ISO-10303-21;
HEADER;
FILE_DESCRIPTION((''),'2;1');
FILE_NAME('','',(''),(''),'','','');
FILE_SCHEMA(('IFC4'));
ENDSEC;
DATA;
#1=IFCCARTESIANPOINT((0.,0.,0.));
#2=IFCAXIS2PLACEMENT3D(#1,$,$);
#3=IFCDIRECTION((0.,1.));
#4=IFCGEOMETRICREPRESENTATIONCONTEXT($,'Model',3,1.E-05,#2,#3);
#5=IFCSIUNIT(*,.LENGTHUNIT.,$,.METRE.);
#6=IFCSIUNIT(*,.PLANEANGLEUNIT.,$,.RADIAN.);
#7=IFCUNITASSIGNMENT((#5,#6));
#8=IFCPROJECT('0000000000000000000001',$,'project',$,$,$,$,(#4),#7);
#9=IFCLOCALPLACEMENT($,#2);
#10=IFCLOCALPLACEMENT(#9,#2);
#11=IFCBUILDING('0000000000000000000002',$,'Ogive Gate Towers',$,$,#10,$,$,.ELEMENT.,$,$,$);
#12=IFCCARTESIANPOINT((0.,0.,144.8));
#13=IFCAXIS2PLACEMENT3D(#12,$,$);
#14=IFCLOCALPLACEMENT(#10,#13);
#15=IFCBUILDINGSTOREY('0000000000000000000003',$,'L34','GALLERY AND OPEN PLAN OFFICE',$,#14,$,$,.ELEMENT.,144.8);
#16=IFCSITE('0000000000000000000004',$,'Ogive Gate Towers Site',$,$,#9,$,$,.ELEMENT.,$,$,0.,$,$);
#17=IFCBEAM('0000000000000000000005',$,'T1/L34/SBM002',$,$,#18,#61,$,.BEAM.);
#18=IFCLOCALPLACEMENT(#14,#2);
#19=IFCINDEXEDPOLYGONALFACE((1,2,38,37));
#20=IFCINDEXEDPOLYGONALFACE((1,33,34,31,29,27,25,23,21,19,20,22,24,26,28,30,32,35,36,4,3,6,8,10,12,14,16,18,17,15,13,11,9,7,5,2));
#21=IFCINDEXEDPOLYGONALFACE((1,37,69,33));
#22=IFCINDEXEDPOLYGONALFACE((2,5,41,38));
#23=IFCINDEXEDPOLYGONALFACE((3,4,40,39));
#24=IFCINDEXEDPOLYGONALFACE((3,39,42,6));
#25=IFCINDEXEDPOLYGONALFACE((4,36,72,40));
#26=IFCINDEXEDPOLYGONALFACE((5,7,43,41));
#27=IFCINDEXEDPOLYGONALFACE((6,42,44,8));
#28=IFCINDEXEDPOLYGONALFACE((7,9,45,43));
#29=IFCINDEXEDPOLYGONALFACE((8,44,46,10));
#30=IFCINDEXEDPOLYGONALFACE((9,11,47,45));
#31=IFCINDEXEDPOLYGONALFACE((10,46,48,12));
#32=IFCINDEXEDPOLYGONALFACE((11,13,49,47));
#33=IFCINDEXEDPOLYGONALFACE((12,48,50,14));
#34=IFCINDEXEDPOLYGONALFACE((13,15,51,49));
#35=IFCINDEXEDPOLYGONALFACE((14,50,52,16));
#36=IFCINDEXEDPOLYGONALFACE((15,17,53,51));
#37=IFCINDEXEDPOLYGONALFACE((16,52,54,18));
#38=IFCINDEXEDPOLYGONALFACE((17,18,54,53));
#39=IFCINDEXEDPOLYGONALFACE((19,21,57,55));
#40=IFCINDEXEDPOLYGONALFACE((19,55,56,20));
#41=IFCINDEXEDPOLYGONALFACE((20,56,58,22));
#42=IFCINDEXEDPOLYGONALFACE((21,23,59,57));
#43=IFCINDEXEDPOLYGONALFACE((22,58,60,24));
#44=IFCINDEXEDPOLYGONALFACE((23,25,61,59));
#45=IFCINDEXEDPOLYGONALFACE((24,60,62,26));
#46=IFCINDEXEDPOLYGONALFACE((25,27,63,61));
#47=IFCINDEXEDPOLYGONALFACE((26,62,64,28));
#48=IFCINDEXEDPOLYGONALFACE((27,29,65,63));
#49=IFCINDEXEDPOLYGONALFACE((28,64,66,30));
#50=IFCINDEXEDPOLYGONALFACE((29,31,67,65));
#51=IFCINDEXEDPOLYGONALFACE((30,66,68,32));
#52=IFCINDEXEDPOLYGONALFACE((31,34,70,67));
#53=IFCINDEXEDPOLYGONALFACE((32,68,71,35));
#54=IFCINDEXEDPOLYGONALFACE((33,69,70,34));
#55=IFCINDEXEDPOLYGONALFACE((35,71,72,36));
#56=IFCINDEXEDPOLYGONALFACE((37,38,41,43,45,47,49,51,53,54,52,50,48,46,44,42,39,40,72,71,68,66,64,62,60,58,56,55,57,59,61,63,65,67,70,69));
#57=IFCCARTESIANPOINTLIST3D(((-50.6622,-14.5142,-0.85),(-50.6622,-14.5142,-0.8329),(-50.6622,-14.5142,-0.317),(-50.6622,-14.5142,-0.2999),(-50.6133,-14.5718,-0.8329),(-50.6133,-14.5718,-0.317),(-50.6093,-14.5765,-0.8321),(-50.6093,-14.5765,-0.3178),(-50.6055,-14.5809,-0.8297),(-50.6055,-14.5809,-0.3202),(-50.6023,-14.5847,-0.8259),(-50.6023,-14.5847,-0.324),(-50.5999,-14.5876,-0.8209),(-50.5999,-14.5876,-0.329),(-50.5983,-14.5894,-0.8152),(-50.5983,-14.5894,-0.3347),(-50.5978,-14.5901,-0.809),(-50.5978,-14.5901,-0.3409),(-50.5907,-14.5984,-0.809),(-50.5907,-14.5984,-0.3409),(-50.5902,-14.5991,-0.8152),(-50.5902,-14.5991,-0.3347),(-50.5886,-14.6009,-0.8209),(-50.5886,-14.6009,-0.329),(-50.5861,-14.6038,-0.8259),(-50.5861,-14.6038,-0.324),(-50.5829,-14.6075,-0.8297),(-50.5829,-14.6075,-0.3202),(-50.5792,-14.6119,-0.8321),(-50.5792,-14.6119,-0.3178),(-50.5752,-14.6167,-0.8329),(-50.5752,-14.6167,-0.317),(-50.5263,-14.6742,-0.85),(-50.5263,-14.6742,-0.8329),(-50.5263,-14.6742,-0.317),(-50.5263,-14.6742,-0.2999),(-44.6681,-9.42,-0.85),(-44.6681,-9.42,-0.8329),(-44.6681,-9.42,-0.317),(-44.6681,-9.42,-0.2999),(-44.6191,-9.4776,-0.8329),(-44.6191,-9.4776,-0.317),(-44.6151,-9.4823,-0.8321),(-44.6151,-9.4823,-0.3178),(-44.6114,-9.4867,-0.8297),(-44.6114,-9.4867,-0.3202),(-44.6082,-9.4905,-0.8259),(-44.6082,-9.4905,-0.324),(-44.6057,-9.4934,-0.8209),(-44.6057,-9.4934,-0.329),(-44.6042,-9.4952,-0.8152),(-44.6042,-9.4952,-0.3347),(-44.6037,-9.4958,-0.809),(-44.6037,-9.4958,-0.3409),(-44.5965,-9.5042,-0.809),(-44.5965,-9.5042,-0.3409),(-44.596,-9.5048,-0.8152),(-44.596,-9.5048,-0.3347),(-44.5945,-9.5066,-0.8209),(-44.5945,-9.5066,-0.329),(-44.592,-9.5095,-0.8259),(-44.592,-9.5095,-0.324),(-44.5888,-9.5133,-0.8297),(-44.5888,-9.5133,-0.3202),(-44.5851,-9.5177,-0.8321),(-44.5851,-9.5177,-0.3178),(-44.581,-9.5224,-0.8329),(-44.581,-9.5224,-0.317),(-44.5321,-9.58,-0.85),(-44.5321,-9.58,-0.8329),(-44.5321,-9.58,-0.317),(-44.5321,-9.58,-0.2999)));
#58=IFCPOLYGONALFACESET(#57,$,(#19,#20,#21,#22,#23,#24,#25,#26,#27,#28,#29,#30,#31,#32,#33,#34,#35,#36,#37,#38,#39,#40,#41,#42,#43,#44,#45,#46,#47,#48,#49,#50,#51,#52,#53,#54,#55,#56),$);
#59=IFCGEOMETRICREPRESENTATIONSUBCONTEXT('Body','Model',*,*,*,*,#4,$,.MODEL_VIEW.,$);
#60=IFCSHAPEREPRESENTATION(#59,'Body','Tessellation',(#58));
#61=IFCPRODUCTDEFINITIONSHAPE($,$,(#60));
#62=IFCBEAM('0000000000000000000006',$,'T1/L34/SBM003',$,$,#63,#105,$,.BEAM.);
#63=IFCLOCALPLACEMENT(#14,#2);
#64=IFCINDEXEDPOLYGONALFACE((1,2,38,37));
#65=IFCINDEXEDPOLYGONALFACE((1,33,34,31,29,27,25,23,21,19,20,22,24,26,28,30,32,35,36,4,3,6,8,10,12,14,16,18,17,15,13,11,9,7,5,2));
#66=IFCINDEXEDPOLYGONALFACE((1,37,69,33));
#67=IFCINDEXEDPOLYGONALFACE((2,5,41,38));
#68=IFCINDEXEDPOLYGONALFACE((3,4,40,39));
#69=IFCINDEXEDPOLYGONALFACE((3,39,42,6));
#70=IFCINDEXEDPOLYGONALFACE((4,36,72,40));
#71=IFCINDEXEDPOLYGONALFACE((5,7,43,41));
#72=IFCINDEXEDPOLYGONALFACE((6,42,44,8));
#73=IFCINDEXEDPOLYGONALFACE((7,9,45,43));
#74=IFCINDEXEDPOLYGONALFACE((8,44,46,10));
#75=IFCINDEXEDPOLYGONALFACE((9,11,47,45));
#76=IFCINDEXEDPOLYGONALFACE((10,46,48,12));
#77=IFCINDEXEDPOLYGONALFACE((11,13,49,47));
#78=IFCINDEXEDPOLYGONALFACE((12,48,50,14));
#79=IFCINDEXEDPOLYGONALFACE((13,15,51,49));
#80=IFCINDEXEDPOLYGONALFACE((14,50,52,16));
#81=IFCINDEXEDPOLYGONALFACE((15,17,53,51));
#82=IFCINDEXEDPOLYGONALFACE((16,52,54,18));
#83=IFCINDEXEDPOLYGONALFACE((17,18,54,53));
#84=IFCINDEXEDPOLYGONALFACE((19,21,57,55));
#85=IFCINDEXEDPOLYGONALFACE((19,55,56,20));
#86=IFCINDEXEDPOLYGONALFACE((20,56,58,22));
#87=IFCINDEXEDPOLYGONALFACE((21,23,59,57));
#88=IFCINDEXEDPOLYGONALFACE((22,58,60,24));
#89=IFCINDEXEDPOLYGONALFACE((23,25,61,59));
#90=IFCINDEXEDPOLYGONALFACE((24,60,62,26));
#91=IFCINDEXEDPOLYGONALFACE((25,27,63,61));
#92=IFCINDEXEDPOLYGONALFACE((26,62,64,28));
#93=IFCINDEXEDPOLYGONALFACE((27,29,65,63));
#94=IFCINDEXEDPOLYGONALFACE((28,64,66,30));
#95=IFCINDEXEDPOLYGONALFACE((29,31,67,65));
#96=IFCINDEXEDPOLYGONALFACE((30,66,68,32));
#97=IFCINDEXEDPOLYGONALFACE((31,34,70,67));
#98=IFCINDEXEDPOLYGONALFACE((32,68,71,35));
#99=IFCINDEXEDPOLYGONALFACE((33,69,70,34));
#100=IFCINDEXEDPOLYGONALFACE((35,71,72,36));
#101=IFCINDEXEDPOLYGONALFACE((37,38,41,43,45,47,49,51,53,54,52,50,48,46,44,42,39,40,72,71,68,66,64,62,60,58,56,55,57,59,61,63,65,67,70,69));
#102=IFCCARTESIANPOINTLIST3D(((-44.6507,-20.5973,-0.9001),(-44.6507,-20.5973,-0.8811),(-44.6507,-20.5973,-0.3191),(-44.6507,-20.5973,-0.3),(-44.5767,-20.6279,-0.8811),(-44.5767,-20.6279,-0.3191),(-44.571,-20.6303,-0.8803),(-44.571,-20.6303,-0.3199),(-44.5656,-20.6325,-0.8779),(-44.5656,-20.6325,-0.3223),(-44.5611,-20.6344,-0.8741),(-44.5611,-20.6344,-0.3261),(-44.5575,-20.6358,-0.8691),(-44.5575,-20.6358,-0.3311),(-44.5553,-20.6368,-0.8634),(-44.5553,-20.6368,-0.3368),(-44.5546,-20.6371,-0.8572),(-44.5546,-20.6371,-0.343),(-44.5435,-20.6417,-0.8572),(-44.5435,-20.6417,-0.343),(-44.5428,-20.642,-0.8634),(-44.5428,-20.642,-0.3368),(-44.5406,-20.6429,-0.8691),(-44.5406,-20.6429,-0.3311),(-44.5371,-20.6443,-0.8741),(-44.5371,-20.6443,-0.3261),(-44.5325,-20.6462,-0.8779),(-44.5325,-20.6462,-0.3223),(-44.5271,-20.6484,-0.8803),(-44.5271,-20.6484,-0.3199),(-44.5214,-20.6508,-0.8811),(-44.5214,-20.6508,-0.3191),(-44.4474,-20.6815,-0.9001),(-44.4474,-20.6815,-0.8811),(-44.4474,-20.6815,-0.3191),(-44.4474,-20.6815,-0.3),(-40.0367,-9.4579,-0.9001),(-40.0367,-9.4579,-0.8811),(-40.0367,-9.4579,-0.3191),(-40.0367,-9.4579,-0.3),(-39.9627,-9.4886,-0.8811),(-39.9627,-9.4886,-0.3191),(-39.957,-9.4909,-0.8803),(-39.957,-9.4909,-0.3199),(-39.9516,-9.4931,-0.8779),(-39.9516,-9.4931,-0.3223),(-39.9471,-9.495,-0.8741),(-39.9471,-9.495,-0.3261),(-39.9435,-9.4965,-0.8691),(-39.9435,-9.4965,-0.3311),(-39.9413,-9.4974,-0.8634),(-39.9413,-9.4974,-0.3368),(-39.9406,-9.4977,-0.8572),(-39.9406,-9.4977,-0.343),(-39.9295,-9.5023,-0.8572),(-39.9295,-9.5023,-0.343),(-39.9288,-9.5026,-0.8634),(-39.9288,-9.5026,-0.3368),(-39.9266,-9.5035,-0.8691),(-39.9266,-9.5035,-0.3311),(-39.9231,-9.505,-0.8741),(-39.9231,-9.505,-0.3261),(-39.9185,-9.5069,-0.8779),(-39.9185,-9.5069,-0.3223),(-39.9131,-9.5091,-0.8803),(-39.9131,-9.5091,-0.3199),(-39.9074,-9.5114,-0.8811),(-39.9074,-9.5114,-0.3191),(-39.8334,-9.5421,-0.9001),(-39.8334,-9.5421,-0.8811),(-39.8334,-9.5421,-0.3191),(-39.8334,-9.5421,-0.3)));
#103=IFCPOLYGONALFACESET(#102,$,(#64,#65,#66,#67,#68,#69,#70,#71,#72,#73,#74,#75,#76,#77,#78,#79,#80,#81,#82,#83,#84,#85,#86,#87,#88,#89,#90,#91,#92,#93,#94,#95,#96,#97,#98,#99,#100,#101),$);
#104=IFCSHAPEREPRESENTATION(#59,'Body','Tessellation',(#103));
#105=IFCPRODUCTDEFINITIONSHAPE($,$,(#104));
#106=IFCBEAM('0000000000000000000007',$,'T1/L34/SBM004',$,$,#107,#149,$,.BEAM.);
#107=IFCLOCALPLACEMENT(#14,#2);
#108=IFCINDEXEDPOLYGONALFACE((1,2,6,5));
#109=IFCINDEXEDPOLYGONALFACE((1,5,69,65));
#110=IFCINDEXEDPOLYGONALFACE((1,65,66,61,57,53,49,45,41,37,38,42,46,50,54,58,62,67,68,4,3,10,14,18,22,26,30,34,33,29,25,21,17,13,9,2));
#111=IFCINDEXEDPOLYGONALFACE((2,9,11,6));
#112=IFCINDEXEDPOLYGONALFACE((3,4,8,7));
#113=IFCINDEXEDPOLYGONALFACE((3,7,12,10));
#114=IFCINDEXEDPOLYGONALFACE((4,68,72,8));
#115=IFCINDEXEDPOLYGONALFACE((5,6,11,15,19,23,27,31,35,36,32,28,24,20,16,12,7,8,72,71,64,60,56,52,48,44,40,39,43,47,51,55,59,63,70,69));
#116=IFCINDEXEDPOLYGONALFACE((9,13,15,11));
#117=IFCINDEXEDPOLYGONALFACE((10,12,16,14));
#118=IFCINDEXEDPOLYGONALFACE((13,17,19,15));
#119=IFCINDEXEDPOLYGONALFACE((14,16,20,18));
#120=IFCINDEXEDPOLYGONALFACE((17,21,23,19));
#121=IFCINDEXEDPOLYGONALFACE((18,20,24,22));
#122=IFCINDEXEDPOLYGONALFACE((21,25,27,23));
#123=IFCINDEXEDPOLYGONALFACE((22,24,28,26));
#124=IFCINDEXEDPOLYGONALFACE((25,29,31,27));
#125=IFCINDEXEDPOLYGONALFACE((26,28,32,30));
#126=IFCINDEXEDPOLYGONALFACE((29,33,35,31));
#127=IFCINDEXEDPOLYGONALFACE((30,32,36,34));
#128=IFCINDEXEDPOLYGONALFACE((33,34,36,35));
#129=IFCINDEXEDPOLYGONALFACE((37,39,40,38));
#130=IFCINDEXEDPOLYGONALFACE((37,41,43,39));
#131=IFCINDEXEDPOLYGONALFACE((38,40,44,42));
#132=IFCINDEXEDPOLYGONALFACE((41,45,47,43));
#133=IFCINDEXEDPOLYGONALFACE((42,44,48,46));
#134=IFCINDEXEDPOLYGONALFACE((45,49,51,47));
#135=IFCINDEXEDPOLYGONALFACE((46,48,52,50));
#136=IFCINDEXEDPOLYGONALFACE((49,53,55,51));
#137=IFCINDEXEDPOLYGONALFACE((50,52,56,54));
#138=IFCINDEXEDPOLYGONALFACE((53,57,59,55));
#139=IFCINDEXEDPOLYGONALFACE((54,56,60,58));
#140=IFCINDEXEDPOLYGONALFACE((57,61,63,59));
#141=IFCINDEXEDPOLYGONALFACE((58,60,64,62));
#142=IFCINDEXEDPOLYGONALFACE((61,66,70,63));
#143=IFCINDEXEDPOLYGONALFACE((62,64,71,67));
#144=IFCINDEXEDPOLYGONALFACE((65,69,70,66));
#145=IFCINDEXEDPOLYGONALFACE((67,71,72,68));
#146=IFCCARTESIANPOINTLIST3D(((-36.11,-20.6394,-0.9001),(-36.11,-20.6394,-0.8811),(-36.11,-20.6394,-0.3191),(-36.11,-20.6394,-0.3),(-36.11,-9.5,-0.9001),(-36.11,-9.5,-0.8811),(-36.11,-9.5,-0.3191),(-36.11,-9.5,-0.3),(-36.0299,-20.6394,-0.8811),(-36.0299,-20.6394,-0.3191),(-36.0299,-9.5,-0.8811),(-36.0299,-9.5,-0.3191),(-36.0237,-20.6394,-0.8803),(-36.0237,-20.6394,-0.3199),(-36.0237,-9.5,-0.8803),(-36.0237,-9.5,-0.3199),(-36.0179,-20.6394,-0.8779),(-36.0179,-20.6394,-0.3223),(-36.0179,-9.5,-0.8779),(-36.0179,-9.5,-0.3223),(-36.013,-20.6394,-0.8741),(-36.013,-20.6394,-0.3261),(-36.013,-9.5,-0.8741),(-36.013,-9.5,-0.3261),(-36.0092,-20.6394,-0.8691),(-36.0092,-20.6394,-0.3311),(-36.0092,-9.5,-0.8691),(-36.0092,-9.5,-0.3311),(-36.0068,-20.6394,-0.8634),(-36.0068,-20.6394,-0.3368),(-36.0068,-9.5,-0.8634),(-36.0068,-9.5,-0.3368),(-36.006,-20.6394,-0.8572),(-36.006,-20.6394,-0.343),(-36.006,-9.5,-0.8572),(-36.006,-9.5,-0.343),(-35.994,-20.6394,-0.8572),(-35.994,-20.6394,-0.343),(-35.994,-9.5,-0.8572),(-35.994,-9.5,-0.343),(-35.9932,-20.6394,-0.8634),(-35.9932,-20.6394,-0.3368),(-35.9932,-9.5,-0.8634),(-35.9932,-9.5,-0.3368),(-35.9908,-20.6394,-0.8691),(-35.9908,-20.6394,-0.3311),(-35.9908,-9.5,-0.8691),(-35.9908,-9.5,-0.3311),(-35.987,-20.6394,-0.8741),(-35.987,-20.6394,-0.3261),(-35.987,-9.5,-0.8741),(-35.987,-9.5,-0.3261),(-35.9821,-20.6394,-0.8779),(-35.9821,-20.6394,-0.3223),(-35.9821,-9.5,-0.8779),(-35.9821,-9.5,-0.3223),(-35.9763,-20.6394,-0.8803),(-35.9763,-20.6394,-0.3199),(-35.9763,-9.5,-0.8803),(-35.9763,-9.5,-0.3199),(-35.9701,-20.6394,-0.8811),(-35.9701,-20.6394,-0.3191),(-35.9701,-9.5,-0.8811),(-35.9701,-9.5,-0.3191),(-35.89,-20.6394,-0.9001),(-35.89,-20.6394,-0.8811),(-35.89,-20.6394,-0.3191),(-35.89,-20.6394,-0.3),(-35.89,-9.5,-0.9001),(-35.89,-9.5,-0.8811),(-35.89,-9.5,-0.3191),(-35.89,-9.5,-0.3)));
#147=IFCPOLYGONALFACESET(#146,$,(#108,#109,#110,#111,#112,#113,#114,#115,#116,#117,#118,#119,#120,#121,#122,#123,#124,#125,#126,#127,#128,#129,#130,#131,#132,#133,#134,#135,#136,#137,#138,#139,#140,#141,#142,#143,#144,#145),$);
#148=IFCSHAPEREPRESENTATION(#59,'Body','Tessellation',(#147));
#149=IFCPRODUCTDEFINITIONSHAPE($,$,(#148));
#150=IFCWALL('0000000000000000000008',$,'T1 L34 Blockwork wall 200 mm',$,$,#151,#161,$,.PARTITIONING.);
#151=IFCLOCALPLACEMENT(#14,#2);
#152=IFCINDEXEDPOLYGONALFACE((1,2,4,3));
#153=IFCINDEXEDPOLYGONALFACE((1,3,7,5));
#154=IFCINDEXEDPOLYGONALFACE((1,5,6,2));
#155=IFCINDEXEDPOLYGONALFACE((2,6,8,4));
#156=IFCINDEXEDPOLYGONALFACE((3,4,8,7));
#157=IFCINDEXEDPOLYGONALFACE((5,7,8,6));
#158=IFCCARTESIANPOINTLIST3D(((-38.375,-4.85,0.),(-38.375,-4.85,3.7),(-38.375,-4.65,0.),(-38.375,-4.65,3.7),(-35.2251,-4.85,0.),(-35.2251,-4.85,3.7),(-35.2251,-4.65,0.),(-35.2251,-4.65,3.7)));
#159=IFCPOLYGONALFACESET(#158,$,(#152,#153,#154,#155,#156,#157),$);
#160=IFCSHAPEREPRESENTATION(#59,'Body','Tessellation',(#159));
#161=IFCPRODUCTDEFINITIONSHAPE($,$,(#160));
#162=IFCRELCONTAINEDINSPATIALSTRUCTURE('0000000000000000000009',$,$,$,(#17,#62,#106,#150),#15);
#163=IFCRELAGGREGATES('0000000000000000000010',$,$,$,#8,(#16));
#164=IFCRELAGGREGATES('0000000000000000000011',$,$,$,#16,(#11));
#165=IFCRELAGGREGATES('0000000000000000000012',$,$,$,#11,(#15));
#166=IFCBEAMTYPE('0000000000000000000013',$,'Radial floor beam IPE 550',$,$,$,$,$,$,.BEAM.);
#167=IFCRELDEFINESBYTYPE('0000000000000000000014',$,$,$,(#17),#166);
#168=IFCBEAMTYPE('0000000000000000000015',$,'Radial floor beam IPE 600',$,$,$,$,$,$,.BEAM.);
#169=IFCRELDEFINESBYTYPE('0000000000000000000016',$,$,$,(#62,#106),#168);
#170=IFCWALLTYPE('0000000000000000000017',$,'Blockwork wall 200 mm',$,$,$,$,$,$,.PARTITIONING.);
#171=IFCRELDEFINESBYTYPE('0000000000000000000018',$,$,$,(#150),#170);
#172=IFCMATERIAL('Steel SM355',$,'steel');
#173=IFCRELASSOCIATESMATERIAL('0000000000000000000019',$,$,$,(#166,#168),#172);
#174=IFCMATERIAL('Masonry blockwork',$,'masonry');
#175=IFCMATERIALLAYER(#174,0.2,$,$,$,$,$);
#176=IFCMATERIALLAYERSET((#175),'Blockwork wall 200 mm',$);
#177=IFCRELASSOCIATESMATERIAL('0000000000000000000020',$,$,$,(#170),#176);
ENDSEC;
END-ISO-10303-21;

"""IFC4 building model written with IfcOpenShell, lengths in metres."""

from ifc_helpers import new_model, si_unit, direction, frame, frame_2d, origin, origin_2d, place, context, subcontext, project, spatial, rectangle, i_section, extrude, material, layer, layer_set, material_profile, profile_set, type_object, element, save


model = new_model("IFC4")

# Units and contexts
model_context = context("Model", 3, precision=1e-05, world=origin(), true_north=direction((0.0, 1.0)))
body_context = subcontext(model_context, "Body", "Model", "MODEL_VIEW")
ifc_project = project(units=[si_unit("LENGTHUNIT", "METRE"), si_unit("PLANEANGLEUNIT", "RADIAN")], contexts=[model_context])

# Site, building, storey
site_placement = place(None, origin())
site = spatial("IfcSite", under=ifc_project, at=site_placement, Name="Ogive Gate Towers Site", CompositionType="ELEMENT", RefElevation=0.0)
building_placement = place(site_placement, origin())
building = spatial("IfcBuilding", under=site, at=building_placement, Name="Ogive Gate Towers", CompositionType="ELEMENT")
storey_placement = place(building_placement, frame((0.0, 0.0, 144.8)))
storey = spatial("IfcBuildingStorey", under=building, at=storey_placement, Name="L34", Description="GALLERY AND OPEN PLAN OFFICE", CompositionType="ELEMENT", Elevation=144.8)

# Beams
ifc_material_1 = material(Name="Steel SM355", Category="steel")
ifc_material_profile_1 = material_profile(ifc_material_1, i_section(OverallWidth=0.21, OverallDepth=0.55, WebThickness=0.011, FlangeThickness=0.0171, FilletRadius=0.0239, at=origin_2d()), Name="IPE 550")
ifc_profile_set_1 = profile_set([ifc_material_profile_1], Name="Steel SM355")
beam_type_1 = type_object("IfcBeamType", Name="Radial floor beam IPE 550", PredefinedType="BEAM", material=ifc_profile_set_1)
beam_1_placement = place(storey_placement, frame((-44.6001, -9.5, -0.575), z_axis=(-0.761988, -0.647591, 0.0), x_axis=(0.647591, -0.761988, 0.0)))
element("IfcBeam", 1, at=beam_1_placement, inside=storey, type_object=beam_type_1, Name="T1/L34/SBM002", PredefinedType="BEAM", context=body_context, shape_type="SweptSolid", body=[
    extrude(i_section(OverallWidth=0.21, OverallDepth=0.55, WebThickness=0.011, FlangeThickness=0.0171, FilletRadius=0.0239, at=origin_2d()), origin(), (0.0, 0.0, 1.0), 7.8665),
])
ifc_material_profile_2 = material_profile(ifc_material_1, i_section(OverallWidth=0.22, OverallDepth=0.6001, WebThickness=0.012, FlangeThickness=0.019, FilletRadius=0.0239, at=origin_2d()), Name="IPE 600")
ifc_profile_set_2 = profile_set([ifc_material_profile_2], Name="Steel SM355")
beam_type_2 = type_object("IfcBeamType", Name="Radial floor beam IPE 600", PredefinedType="BEAM", material=ifc_profile_set_2)
beam_2_placement = place(storey_placement, frame((-39.9351, -9.5, -0.6001), z_axis=(-0.382678, -0.923882, 0.0), x_axis=(0.923882, -0.382678, 0.0)))
element("IfcBeam", 2, at=beam_2_placement, inside=storey, type_object=beam_type_2, Name="T1/L34/SBM003", PredefinedType="BEAM", context=body_context, shape_type="SweptSolid", body=[
    extrude(i_section(OverallWidth=0.22, OverallDepth=0.6001, WebThickness=0.012, FlangeThickness=0.019, FilletRadius=0.0239, at=origin_2d()), origin(), (0.0, 0.0, 1.0), 12.0571),
])
beam_3_placement = place(storey_placement, frame((-36.0, -9.5, -0.6001), z_axis=(0.0, -1.0, 0.0), x_axis=(1.0, 0.0, 0.0)))
element("IfcBeam", 3, at=beam_3_placement, inside=storey, type_object=beam_type_2, Name="T1/L34/SBM004", PredefinedType="BEAM", context=body_context, shape_type="SweptSolid", body=[
    extrude(i_section(OverallWidth=0.22, OverallDepth=0.6001, WebThickness=0.012, FlangeThickness=0.019, FilletRadius=0.0239, at=origin_2d()), origin(), (0.0, 0.0, 1.0), 11.1394),
])

# Wall
ifc_material_2 = material(Name="Masonry blockwork", Category="masonry")
ifc_layer_1 = layer(ifc_material_2, 0.2)
ifc_layer_set_1 = layer_set([ifc_layer_1], Name="Blockwork wall 200 mm")
wall_type_1 = type_object("IfcWallType", Name="Blockwork wall 200 mm", PredefinedType="PARTITIONING", material=ifc_layer_set_1)
wall_1_placement = place(storey_placement, frame((-38.375, -4.75, 0.0), z_axis=(0.0, 0.0, 1.0), x_axis=(1.0, 0.0, 0.0)))
element("IfcWall", 4, at=wall_1_placement, inside=storey, type_object=wall_type_1, Name="T1 L34 Blockwork wall 200 mm", PredefinedType="PARTITIONING", context=body_context, shape_type="SweptSolid", body=[
    extrude(rectangle(XDim=3.1499, YDim=0.2, at=frame_2d((1.575, 0.0))), origin(), (0.0, 0.0, 1.0), 3.7),
])

save(model, "model.ifc")
